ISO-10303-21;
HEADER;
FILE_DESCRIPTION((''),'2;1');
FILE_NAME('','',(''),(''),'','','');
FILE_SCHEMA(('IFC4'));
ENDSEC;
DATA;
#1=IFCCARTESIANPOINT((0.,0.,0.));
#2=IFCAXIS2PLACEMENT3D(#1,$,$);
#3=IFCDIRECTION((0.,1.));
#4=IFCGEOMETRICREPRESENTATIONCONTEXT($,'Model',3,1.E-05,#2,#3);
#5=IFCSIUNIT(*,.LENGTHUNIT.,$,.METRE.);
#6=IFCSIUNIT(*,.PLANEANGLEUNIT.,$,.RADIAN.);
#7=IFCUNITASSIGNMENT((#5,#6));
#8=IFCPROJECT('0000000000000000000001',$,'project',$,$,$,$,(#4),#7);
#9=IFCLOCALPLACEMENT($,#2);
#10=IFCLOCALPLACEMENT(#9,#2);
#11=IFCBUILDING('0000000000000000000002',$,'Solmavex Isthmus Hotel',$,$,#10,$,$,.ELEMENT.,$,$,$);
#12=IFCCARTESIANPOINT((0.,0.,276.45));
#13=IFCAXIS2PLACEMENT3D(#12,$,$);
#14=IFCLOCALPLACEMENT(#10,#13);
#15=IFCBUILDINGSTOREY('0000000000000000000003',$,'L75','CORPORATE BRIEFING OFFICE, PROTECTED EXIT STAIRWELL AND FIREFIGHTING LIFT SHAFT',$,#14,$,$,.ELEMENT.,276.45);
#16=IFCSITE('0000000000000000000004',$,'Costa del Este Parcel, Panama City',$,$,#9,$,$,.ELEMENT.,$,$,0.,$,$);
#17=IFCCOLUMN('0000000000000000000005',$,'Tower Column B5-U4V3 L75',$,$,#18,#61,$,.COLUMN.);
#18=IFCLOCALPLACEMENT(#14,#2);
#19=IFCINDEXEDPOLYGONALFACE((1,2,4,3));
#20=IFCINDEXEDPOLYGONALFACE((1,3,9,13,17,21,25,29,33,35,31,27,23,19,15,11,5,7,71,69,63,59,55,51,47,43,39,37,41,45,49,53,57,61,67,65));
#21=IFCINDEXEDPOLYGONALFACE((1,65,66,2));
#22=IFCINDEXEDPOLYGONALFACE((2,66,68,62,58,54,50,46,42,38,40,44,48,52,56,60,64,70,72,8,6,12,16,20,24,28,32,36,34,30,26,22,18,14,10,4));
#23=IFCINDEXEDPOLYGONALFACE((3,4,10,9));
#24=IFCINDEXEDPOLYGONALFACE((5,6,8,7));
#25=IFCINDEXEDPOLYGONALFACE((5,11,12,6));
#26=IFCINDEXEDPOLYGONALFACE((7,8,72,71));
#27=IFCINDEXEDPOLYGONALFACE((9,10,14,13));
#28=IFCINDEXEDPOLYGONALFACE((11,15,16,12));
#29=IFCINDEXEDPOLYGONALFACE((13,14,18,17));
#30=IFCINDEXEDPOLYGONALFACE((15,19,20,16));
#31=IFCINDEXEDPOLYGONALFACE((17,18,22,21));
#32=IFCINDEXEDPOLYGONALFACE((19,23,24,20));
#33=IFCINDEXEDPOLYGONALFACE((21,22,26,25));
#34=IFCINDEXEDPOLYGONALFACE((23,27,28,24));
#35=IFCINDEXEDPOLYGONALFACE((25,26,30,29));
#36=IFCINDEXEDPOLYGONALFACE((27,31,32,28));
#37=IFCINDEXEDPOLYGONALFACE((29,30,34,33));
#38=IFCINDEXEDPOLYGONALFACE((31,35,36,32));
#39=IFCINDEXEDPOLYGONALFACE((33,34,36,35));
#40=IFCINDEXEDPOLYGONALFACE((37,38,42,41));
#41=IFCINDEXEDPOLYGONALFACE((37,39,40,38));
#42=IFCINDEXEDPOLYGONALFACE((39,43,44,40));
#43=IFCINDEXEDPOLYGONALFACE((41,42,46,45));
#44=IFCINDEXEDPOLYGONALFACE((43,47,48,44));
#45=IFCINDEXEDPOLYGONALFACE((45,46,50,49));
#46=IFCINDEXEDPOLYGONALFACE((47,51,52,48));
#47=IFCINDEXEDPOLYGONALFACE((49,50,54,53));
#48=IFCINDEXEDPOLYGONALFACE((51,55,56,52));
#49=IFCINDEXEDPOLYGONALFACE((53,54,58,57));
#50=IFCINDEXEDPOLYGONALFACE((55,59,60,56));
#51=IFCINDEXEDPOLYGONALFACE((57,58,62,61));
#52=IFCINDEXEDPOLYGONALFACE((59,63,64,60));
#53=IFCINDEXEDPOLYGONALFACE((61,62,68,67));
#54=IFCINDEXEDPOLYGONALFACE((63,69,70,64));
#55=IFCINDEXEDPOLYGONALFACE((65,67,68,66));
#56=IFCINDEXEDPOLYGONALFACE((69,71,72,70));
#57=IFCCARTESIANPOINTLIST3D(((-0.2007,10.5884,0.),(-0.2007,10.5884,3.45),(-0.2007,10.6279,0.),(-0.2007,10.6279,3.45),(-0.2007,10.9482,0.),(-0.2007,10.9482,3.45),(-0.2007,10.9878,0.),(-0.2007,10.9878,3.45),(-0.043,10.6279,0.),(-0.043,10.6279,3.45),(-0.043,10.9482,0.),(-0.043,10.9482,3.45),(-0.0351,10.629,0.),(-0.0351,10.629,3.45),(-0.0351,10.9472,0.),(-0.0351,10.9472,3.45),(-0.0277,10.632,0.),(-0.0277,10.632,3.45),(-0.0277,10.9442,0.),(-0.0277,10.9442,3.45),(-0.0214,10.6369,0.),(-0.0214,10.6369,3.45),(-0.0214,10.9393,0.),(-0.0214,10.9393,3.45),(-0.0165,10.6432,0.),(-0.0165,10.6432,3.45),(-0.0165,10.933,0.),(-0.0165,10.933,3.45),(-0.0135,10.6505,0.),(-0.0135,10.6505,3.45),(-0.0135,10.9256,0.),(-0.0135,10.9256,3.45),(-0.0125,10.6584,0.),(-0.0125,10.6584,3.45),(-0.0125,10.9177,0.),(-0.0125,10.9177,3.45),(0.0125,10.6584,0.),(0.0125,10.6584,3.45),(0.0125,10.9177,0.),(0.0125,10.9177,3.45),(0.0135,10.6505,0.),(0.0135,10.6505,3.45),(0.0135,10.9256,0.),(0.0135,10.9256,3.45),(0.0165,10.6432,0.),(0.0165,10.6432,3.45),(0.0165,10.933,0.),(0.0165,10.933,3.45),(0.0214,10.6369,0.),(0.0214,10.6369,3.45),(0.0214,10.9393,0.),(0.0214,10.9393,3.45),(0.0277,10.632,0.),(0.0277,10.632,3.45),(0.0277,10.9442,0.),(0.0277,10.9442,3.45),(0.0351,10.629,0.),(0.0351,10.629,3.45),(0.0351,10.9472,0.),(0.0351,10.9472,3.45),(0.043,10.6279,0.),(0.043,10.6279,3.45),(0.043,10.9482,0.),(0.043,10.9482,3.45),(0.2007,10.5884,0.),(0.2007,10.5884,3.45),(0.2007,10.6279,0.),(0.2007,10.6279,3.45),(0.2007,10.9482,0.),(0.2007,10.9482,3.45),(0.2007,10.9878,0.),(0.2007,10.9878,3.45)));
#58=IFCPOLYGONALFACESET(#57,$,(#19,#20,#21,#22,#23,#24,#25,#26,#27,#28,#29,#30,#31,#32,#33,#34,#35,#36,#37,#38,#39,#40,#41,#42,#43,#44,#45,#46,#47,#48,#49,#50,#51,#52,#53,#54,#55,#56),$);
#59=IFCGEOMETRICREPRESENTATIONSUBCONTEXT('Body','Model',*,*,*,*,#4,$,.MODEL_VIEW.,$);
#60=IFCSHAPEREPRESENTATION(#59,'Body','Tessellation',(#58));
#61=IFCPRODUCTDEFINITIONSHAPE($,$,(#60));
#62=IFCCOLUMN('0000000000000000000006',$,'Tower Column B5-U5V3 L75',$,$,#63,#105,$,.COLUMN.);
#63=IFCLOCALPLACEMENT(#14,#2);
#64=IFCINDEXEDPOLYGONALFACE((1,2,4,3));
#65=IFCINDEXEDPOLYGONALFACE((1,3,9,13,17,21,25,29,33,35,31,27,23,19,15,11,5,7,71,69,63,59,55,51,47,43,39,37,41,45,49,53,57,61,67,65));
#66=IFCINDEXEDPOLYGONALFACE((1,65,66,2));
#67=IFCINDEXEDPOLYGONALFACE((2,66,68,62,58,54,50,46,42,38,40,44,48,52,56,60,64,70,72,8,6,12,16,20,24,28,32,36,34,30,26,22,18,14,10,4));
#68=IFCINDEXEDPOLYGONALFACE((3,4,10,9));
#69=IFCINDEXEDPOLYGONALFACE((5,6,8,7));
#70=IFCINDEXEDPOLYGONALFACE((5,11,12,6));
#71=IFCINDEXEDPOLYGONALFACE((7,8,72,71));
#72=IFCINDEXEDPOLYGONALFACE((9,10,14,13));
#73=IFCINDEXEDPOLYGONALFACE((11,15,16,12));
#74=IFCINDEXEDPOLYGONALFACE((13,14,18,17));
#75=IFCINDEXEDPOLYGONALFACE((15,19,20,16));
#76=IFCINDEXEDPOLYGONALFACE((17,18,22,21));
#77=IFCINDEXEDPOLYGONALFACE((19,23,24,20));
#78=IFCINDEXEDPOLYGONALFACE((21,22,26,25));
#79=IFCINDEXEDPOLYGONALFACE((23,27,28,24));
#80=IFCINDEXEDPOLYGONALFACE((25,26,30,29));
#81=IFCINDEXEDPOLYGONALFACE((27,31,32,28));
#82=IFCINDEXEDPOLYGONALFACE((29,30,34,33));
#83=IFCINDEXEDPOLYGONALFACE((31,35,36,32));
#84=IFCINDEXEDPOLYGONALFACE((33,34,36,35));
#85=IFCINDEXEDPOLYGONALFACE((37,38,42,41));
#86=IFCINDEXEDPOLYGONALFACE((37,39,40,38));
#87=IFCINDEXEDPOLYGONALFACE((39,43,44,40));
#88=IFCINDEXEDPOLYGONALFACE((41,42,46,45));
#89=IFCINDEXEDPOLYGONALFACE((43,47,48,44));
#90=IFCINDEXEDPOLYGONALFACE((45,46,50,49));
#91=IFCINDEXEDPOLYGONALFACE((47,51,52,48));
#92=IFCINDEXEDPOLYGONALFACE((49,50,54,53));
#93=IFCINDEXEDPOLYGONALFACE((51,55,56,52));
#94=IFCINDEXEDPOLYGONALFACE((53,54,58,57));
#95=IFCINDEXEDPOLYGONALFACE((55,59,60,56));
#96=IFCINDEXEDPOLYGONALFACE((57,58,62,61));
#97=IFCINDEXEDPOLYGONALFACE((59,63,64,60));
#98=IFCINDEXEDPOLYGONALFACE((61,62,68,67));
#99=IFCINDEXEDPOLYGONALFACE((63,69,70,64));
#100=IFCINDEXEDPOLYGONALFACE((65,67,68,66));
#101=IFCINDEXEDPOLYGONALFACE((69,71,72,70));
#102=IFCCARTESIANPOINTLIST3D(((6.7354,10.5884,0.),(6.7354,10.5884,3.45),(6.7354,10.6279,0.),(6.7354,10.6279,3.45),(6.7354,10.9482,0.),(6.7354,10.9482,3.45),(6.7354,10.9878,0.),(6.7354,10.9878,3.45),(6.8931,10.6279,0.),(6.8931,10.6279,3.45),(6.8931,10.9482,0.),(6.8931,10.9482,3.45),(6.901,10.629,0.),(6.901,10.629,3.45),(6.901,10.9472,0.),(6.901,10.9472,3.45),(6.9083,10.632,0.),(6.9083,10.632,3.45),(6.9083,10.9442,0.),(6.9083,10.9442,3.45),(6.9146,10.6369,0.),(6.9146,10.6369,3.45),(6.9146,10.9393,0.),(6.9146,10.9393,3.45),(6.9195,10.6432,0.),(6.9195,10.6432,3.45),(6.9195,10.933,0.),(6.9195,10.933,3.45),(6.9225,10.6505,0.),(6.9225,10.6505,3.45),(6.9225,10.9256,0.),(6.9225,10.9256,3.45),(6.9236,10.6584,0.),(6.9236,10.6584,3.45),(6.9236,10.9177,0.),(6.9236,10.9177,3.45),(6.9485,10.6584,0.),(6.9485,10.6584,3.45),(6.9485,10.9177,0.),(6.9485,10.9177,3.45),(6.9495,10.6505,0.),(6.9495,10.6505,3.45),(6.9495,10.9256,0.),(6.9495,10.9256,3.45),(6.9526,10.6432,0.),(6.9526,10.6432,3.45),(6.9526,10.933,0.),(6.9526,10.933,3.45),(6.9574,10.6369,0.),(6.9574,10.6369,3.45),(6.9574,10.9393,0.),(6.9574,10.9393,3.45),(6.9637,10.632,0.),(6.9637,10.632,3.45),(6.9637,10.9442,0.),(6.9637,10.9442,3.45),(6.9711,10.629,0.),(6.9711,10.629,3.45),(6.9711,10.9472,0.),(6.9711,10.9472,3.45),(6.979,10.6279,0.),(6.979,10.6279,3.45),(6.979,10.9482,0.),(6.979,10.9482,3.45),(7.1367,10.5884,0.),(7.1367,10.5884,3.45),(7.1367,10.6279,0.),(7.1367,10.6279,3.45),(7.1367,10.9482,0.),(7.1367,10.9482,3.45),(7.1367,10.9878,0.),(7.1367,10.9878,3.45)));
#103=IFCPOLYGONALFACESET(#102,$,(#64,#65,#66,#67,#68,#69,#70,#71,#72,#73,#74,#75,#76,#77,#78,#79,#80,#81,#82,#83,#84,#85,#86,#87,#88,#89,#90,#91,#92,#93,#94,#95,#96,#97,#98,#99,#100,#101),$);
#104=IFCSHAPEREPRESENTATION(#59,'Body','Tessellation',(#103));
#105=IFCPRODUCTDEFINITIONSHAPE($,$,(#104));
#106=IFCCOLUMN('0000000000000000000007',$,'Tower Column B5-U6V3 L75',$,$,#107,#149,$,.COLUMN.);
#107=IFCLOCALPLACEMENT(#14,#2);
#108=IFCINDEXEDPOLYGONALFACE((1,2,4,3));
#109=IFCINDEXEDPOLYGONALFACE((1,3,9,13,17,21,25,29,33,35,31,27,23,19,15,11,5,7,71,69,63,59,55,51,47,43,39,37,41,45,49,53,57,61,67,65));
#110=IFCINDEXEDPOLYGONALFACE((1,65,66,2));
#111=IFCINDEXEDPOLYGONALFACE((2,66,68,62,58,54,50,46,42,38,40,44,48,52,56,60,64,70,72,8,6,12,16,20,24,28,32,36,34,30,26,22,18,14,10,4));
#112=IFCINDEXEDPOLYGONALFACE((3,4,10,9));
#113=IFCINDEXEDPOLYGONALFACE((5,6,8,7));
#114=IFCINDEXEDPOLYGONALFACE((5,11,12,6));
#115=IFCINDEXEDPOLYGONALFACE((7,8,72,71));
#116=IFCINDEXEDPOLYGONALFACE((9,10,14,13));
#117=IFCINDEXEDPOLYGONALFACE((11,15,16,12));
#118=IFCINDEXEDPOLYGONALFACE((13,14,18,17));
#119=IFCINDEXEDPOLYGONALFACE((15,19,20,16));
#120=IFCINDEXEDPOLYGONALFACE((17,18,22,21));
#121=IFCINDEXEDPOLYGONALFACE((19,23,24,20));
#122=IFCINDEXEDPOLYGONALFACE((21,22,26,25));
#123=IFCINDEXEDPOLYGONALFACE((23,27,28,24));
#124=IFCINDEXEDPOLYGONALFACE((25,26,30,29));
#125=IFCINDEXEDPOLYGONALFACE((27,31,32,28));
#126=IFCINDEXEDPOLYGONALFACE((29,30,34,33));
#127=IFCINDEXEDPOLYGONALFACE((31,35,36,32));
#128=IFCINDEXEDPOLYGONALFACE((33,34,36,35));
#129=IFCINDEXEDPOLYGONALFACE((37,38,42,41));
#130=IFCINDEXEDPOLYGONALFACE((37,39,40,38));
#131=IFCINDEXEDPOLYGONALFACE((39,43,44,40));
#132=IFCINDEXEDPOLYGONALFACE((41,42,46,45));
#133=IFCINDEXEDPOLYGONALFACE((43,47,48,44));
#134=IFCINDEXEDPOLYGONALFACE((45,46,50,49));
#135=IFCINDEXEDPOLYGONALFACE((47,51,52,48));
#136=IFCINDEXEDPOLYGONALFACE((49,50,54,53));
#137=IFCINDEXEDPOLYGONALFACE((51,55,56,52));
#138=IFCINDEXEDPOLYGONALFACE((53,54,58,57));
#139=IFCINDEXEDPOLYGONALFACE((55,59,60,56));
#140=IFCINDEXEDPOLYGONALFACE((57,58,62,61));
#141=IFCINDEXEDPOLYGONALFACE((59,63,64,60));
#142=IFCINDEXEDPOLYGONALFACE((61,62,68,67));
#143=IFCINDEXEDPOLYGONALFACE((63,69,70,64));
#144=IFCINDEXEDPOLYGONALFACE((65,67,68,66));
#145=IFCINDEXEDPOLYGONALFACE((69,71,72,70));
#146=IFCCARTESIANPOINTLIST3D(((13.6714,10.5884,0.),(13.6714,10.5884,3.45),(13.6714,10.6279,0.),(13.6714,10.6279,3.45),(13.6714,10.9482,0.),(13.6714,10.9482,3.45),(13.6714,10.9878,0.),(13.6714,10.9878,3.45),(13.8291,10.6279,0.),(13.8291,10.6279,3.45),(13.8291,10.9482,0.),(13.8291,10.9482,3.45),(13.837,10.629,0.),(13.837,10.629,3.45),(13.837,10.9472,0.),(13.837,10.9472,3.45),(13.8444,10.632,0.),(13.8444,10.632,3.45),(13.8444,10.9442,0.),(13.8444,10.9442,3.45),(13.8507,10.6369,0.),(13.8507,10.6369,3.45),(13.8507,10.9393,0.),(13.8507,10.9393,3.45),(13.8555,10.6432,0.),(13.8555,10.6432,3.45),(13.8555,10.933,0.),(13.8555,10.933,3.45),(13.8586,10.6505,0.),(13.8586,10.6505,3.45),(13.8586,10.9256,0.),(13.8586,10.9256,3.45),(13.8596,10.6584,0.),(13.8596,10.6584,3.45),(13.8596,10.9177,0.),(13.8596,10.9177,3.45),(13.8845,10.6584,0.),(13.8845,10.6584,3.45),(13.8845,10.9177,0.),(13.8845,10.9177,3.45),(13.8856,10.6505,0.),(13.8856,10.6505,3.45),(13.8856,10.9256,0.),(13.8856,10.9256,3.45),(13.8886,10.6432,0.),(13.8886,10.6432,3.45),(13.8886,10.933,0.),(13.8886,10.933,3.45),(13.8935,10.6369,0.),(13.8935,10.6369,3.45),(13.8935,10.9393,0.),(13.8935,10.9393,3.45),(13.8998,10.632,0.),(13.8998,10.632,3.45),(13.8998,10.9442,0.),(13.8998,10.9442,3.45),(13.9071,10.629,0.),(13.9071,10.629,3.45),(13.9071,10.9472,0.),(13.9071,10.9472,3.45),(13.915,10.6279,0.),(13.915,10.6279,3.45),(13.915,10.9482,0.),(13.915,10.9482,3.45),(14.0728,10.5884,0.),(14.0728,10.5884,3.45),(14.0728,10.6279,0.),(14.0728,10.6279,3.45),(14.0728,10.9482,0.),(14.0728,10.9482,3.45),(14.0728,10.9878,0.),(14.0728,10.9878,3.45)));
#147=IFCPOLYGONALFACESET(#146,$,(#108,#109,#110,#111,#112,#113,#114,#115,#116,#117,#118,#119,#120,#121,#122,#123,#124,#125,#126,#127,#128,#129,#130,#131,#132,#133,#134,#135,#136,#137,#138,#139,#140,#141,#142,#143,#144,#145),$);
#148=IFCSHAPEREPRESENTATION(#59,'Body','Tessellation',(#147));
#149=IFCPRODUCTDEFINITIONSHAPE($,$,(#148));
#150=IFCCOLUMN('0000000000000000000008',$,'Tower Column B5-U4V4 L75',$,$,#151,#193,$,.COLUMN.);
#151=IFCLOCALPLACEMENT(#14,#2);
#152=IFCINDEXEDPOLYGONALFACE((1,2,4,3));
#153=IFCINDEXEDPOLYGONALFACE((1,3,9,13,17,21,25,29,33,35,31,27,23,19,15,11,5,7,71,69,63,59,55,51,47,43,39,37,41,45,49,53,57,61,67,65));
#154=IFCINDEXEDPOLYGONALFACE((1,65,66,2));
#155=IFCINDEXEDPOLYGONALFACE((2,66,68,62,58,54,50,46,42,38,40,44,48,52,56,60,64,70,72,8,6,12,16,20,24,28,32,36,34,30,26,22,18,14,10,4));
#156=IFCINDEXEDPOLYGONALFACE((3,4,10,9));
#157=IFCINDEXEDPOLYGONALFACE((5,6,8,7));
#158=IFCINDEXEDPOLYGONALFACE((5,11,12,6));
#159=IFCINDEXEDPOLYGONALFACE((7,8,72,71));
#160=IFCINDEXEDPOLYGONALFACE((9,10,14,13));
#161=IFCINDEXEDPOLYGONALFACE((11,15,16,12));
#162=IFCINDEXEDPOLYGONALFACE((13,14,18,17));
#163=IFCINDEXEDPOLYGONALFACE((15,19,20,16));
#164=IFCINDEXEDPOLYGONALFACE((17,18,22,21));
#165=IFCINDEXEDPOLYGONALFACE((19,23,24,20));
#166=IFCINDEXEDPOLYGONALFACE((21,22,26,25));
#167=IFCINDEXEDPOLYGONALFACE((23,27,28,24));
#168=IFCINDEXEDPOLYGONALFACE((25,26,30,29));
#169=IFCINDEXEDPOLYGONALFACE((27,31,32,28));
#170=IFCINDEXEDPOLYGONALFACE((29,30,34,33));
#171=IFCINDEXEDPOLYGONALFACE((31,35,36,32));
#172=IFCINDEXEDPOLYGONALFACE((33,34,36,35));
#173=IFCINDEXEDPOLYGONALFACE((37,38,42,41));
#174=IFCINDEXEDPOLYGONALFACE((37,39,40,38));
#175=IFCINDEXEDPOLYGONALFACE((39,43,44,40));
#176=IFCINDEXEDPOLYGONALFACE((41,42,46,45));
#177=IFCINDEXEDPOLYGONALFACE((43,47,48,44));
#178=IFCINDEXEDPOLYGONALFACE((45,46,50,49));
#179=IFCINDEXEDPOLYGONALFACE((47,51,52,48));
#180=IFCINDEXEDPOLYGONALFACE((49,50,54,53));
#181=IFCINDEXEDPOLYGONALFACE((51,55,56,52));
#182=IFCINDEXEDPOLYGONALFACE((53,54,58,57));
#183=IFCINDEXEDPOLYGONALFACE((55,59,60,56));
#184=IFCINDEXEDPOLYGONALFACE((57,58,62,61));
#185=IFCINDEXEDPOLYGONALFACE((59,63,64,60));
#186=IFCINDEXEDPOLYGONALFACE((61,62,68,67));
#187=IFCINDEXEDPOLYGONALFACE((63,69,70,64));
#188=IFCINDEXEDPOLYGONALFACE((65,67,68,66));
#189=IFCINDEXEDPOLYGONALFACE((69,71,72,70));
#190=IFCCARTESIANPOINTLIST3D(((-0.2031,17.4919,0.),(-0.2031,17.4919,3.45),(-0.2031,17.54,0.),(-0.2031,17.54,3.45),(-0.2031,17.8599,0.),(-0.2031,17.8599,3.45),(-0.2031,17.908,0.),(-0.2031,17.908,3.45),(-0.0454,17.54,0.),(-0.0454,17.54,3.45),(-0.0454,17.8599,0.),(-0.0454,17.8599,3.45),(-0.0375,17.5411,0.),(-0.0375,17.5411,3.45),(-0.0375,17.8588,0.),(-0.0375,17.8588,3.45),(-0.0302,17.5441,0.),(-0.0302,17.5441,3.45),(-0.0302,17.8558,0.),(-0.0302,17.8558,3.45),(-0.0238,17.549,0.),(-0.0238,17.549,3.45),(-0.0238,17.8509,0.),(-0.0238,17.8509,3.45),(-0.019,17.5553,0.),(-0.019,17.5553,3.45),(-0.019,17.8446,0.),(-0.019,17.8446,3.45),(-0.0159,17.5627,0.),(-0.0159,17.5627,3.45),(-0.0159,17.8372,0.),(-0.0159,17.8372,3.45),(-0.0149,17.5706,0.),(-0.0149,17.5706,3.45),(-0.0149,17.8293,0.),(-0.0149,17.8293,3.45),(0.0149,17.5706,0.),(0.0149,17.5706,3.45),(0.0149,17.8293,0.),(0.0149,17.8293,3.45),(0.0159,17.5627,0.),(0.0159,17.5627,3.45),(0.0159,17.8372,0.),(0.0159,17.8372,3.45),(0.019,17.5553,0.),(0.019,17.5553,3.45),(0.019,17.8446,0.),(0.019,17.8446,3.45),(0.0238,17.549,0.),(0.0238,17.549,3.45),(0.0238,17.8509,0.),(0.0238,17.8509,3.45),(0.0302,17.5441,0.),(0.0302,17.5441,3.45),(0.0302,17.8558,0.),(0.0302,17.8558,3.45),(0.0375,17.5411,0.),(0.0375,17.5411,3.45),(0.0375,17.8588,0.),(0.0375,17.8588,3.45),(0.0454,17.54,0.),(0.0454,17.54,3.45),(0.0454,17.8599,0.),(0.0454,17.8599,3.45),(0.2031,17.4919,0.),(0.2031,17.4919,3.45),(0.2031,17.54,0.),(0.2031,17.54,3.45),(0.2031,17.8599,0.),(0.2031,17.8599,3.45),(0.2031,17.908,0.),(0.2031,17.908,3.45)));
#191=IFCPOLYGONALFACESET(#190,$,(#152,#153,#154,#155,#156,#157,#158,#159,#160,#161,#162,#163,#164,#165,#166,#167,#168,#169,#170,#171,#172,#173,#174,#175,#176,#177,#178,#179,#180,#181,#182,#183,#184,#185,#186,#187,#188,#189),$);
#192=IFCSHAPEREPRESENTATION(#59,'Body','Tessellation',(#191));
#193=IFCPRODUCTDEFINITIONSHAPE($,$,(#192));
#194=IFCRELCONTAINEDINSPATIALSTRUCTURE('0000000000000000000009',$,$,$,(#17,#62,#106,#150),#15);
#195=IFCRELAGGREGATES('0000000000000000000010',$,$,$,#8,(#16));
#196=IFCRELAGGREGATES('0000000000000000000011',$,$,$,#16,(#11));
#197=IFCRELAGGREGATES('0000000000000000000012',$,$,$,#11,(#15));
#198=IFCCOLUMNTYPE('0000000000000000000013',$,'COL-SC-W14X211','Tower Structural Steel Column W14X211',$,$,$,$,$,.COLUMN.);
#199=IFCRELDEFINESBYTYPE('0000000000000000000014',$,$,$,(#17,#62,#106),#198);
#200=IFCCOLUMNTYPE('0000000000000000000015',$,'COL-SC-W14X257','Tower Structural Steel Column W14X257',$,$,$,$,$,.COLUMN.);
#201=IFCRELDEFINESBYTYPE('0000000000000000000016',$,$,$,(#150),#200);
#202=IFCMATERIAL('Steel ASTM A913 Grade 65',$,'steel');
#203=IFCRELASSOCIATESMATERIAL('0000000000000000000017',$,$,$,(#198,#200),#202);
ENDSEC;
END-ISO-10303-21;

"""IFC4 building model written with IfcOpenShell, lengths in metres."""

from ifc_helpers import new_model, si_unit, direction, frame, origin, origin_2d, place, context, subcontext, project, spatial, i_section, extrude, material, material_profile, profile_set, type_object, element, save


model = new_model("IFC4")

# Units and contexts
model_context = context("Model", 3, precision=1e-05, world=origin(), true_north=direction((0.0, 1.0)))
body_context = subcontext(model_context, "Body", "Model", "MODEL_VIEW")
ifc_project = project(units=[si_unit("LENGTHUNIT", "METRE"), si_unit("PLANEANGLEUNIT", "RADIAN")], contexts=[model_context])

# Site, building, storey
site_placement = place(None, origin())
site = spatial("IfcSite", under=ifc_project, at=site_placement, Name="Costa del Este Parcel, Panama City", CompositionType="ELEMENT", RefElevation=0.0)
building_placement = place(site_placement, origin())
building = spatial("IfcBuilding", under=site, at=building_placement, Name="Solmavex Isthmus Hotel", CompositionType="ELEMENT")
storey_placement = place(building_placement, frame((0.0, 0.0, 276.45)))
storey = spatial("IfcBuildingStorey", under=building, at=storey_placement, Name="L75", Description="CORPORATE BRIEFING OFFICE, PROTECTED EXIT STAIRWELL AND FIREFIGHTING LIFT SHAFT", CompositionType="ELEMENT", Elevation=276.45)

# Columns
ifc_material_1 = material(Name="Steel ASTM A913 Grade 65", Category="steel")
ifc_material_profile_1 = material_profile(ifc_material_1, i_section(OverallWidth=0.4014, OverallDepth=0.3994, WebThickness=0.0249, FlangeThickness=0.0396, FilletRadius=0.0305, at=origin_2d()), Name="W14X211")
ifc_profile_set_1 = profile_set([ifc_material_profile_1], Name="Steel ASTM A913 Grade 65")
column_type_1 = type_object("IfcColumnType", Name="COL-SC-W14X211", Description="Tower Structural Steel Column W14X211", PredefinedType="COLUMN", material=ifc_profile_set_1)
for number, where, z_axis, x_axis, name in (
    (1, (0.0, 10.7881, 0.0), (0.0, 0.0, 1.0), (1.0, 0.0, 0.0), "Tower Column B5-U4V3 L75"),
    (2, (6.936, 10.7881, 0.0), (0.0, 0.0, 1.0), (1.0, 0.0, 0.0), "Tower Column B5-U5V3 L75"),
    (3, (13.8721, 10.7881, 0.0), (0.0, 0.0, 1.0), (1.0, 0.0, 0.0), "Tower Column B5-U6V3 L75"),
):
    element("IfcColumn", number, at=place(storey_placement, frame(where, z_axis=z_axis, x_axis=x_axis)), inside=storey, type_object=column_type_1, Name=name, PredefinedType="COLUMN", context=body_context, shape_type="SweptSolid", body=[
        extrude(i_section(OverallWidth=0.4014, OverallDepth=0.3994, WebThickness=0.0249, FlangeThickness=0.0396, FilletRadius=0.0305, at=origin_2d()), origin(), (0.0, 0.0, 1.0), 3.45),
    ])
ifc_material_profile_2 = material_profile(ifc_material_1, i_section(OverallWidth=0.4062, OverallDepth=0.416, WebThickness=0.0298, FlangeThickness=0.0481, FilletRadius=0.0305, at=origin_2d()), Name="W14X257")
ifc_profile_set_2 = profile_set([ifc_material_profile_2], Name="Steel ASTM A913 Grade 65")
column_type_2 = type_object("IfcColumnType", Name="COL-SC-W14X257", Description="Tower Structural Steel Column W14X257", PredefinedType="COLUMN", material=ifc_profile_set_2)
for number, where, z_axis, x_axis, name in (
    (4, (0.0, 17.7, 0.0), (0.0, 0.0, 1.0), (1.0, 0.0, 0.0), "Tower Column B5-U4V4 L75"),
):
    element("IfcColumn", number, at=place(storey_placement, frame(where, z_axis=z_axis, x_axis=x_axis)), inside=storey, type_object=column_type_2, Name=name, PredefinedType="COLUMN", context=body_context, shape_type="SweptSolid", body=[
        extrude(i_section(OverallWidth=0.4062, OverallDepth=0.416, WebThickness=0.0298, FlangeThickness=0.0481, FilletRadius=0.0305, at=origin_2d()), origin(), (0.0, 0.0, 1.0), 3.45),
    ])

save(model, "model.ifc")
